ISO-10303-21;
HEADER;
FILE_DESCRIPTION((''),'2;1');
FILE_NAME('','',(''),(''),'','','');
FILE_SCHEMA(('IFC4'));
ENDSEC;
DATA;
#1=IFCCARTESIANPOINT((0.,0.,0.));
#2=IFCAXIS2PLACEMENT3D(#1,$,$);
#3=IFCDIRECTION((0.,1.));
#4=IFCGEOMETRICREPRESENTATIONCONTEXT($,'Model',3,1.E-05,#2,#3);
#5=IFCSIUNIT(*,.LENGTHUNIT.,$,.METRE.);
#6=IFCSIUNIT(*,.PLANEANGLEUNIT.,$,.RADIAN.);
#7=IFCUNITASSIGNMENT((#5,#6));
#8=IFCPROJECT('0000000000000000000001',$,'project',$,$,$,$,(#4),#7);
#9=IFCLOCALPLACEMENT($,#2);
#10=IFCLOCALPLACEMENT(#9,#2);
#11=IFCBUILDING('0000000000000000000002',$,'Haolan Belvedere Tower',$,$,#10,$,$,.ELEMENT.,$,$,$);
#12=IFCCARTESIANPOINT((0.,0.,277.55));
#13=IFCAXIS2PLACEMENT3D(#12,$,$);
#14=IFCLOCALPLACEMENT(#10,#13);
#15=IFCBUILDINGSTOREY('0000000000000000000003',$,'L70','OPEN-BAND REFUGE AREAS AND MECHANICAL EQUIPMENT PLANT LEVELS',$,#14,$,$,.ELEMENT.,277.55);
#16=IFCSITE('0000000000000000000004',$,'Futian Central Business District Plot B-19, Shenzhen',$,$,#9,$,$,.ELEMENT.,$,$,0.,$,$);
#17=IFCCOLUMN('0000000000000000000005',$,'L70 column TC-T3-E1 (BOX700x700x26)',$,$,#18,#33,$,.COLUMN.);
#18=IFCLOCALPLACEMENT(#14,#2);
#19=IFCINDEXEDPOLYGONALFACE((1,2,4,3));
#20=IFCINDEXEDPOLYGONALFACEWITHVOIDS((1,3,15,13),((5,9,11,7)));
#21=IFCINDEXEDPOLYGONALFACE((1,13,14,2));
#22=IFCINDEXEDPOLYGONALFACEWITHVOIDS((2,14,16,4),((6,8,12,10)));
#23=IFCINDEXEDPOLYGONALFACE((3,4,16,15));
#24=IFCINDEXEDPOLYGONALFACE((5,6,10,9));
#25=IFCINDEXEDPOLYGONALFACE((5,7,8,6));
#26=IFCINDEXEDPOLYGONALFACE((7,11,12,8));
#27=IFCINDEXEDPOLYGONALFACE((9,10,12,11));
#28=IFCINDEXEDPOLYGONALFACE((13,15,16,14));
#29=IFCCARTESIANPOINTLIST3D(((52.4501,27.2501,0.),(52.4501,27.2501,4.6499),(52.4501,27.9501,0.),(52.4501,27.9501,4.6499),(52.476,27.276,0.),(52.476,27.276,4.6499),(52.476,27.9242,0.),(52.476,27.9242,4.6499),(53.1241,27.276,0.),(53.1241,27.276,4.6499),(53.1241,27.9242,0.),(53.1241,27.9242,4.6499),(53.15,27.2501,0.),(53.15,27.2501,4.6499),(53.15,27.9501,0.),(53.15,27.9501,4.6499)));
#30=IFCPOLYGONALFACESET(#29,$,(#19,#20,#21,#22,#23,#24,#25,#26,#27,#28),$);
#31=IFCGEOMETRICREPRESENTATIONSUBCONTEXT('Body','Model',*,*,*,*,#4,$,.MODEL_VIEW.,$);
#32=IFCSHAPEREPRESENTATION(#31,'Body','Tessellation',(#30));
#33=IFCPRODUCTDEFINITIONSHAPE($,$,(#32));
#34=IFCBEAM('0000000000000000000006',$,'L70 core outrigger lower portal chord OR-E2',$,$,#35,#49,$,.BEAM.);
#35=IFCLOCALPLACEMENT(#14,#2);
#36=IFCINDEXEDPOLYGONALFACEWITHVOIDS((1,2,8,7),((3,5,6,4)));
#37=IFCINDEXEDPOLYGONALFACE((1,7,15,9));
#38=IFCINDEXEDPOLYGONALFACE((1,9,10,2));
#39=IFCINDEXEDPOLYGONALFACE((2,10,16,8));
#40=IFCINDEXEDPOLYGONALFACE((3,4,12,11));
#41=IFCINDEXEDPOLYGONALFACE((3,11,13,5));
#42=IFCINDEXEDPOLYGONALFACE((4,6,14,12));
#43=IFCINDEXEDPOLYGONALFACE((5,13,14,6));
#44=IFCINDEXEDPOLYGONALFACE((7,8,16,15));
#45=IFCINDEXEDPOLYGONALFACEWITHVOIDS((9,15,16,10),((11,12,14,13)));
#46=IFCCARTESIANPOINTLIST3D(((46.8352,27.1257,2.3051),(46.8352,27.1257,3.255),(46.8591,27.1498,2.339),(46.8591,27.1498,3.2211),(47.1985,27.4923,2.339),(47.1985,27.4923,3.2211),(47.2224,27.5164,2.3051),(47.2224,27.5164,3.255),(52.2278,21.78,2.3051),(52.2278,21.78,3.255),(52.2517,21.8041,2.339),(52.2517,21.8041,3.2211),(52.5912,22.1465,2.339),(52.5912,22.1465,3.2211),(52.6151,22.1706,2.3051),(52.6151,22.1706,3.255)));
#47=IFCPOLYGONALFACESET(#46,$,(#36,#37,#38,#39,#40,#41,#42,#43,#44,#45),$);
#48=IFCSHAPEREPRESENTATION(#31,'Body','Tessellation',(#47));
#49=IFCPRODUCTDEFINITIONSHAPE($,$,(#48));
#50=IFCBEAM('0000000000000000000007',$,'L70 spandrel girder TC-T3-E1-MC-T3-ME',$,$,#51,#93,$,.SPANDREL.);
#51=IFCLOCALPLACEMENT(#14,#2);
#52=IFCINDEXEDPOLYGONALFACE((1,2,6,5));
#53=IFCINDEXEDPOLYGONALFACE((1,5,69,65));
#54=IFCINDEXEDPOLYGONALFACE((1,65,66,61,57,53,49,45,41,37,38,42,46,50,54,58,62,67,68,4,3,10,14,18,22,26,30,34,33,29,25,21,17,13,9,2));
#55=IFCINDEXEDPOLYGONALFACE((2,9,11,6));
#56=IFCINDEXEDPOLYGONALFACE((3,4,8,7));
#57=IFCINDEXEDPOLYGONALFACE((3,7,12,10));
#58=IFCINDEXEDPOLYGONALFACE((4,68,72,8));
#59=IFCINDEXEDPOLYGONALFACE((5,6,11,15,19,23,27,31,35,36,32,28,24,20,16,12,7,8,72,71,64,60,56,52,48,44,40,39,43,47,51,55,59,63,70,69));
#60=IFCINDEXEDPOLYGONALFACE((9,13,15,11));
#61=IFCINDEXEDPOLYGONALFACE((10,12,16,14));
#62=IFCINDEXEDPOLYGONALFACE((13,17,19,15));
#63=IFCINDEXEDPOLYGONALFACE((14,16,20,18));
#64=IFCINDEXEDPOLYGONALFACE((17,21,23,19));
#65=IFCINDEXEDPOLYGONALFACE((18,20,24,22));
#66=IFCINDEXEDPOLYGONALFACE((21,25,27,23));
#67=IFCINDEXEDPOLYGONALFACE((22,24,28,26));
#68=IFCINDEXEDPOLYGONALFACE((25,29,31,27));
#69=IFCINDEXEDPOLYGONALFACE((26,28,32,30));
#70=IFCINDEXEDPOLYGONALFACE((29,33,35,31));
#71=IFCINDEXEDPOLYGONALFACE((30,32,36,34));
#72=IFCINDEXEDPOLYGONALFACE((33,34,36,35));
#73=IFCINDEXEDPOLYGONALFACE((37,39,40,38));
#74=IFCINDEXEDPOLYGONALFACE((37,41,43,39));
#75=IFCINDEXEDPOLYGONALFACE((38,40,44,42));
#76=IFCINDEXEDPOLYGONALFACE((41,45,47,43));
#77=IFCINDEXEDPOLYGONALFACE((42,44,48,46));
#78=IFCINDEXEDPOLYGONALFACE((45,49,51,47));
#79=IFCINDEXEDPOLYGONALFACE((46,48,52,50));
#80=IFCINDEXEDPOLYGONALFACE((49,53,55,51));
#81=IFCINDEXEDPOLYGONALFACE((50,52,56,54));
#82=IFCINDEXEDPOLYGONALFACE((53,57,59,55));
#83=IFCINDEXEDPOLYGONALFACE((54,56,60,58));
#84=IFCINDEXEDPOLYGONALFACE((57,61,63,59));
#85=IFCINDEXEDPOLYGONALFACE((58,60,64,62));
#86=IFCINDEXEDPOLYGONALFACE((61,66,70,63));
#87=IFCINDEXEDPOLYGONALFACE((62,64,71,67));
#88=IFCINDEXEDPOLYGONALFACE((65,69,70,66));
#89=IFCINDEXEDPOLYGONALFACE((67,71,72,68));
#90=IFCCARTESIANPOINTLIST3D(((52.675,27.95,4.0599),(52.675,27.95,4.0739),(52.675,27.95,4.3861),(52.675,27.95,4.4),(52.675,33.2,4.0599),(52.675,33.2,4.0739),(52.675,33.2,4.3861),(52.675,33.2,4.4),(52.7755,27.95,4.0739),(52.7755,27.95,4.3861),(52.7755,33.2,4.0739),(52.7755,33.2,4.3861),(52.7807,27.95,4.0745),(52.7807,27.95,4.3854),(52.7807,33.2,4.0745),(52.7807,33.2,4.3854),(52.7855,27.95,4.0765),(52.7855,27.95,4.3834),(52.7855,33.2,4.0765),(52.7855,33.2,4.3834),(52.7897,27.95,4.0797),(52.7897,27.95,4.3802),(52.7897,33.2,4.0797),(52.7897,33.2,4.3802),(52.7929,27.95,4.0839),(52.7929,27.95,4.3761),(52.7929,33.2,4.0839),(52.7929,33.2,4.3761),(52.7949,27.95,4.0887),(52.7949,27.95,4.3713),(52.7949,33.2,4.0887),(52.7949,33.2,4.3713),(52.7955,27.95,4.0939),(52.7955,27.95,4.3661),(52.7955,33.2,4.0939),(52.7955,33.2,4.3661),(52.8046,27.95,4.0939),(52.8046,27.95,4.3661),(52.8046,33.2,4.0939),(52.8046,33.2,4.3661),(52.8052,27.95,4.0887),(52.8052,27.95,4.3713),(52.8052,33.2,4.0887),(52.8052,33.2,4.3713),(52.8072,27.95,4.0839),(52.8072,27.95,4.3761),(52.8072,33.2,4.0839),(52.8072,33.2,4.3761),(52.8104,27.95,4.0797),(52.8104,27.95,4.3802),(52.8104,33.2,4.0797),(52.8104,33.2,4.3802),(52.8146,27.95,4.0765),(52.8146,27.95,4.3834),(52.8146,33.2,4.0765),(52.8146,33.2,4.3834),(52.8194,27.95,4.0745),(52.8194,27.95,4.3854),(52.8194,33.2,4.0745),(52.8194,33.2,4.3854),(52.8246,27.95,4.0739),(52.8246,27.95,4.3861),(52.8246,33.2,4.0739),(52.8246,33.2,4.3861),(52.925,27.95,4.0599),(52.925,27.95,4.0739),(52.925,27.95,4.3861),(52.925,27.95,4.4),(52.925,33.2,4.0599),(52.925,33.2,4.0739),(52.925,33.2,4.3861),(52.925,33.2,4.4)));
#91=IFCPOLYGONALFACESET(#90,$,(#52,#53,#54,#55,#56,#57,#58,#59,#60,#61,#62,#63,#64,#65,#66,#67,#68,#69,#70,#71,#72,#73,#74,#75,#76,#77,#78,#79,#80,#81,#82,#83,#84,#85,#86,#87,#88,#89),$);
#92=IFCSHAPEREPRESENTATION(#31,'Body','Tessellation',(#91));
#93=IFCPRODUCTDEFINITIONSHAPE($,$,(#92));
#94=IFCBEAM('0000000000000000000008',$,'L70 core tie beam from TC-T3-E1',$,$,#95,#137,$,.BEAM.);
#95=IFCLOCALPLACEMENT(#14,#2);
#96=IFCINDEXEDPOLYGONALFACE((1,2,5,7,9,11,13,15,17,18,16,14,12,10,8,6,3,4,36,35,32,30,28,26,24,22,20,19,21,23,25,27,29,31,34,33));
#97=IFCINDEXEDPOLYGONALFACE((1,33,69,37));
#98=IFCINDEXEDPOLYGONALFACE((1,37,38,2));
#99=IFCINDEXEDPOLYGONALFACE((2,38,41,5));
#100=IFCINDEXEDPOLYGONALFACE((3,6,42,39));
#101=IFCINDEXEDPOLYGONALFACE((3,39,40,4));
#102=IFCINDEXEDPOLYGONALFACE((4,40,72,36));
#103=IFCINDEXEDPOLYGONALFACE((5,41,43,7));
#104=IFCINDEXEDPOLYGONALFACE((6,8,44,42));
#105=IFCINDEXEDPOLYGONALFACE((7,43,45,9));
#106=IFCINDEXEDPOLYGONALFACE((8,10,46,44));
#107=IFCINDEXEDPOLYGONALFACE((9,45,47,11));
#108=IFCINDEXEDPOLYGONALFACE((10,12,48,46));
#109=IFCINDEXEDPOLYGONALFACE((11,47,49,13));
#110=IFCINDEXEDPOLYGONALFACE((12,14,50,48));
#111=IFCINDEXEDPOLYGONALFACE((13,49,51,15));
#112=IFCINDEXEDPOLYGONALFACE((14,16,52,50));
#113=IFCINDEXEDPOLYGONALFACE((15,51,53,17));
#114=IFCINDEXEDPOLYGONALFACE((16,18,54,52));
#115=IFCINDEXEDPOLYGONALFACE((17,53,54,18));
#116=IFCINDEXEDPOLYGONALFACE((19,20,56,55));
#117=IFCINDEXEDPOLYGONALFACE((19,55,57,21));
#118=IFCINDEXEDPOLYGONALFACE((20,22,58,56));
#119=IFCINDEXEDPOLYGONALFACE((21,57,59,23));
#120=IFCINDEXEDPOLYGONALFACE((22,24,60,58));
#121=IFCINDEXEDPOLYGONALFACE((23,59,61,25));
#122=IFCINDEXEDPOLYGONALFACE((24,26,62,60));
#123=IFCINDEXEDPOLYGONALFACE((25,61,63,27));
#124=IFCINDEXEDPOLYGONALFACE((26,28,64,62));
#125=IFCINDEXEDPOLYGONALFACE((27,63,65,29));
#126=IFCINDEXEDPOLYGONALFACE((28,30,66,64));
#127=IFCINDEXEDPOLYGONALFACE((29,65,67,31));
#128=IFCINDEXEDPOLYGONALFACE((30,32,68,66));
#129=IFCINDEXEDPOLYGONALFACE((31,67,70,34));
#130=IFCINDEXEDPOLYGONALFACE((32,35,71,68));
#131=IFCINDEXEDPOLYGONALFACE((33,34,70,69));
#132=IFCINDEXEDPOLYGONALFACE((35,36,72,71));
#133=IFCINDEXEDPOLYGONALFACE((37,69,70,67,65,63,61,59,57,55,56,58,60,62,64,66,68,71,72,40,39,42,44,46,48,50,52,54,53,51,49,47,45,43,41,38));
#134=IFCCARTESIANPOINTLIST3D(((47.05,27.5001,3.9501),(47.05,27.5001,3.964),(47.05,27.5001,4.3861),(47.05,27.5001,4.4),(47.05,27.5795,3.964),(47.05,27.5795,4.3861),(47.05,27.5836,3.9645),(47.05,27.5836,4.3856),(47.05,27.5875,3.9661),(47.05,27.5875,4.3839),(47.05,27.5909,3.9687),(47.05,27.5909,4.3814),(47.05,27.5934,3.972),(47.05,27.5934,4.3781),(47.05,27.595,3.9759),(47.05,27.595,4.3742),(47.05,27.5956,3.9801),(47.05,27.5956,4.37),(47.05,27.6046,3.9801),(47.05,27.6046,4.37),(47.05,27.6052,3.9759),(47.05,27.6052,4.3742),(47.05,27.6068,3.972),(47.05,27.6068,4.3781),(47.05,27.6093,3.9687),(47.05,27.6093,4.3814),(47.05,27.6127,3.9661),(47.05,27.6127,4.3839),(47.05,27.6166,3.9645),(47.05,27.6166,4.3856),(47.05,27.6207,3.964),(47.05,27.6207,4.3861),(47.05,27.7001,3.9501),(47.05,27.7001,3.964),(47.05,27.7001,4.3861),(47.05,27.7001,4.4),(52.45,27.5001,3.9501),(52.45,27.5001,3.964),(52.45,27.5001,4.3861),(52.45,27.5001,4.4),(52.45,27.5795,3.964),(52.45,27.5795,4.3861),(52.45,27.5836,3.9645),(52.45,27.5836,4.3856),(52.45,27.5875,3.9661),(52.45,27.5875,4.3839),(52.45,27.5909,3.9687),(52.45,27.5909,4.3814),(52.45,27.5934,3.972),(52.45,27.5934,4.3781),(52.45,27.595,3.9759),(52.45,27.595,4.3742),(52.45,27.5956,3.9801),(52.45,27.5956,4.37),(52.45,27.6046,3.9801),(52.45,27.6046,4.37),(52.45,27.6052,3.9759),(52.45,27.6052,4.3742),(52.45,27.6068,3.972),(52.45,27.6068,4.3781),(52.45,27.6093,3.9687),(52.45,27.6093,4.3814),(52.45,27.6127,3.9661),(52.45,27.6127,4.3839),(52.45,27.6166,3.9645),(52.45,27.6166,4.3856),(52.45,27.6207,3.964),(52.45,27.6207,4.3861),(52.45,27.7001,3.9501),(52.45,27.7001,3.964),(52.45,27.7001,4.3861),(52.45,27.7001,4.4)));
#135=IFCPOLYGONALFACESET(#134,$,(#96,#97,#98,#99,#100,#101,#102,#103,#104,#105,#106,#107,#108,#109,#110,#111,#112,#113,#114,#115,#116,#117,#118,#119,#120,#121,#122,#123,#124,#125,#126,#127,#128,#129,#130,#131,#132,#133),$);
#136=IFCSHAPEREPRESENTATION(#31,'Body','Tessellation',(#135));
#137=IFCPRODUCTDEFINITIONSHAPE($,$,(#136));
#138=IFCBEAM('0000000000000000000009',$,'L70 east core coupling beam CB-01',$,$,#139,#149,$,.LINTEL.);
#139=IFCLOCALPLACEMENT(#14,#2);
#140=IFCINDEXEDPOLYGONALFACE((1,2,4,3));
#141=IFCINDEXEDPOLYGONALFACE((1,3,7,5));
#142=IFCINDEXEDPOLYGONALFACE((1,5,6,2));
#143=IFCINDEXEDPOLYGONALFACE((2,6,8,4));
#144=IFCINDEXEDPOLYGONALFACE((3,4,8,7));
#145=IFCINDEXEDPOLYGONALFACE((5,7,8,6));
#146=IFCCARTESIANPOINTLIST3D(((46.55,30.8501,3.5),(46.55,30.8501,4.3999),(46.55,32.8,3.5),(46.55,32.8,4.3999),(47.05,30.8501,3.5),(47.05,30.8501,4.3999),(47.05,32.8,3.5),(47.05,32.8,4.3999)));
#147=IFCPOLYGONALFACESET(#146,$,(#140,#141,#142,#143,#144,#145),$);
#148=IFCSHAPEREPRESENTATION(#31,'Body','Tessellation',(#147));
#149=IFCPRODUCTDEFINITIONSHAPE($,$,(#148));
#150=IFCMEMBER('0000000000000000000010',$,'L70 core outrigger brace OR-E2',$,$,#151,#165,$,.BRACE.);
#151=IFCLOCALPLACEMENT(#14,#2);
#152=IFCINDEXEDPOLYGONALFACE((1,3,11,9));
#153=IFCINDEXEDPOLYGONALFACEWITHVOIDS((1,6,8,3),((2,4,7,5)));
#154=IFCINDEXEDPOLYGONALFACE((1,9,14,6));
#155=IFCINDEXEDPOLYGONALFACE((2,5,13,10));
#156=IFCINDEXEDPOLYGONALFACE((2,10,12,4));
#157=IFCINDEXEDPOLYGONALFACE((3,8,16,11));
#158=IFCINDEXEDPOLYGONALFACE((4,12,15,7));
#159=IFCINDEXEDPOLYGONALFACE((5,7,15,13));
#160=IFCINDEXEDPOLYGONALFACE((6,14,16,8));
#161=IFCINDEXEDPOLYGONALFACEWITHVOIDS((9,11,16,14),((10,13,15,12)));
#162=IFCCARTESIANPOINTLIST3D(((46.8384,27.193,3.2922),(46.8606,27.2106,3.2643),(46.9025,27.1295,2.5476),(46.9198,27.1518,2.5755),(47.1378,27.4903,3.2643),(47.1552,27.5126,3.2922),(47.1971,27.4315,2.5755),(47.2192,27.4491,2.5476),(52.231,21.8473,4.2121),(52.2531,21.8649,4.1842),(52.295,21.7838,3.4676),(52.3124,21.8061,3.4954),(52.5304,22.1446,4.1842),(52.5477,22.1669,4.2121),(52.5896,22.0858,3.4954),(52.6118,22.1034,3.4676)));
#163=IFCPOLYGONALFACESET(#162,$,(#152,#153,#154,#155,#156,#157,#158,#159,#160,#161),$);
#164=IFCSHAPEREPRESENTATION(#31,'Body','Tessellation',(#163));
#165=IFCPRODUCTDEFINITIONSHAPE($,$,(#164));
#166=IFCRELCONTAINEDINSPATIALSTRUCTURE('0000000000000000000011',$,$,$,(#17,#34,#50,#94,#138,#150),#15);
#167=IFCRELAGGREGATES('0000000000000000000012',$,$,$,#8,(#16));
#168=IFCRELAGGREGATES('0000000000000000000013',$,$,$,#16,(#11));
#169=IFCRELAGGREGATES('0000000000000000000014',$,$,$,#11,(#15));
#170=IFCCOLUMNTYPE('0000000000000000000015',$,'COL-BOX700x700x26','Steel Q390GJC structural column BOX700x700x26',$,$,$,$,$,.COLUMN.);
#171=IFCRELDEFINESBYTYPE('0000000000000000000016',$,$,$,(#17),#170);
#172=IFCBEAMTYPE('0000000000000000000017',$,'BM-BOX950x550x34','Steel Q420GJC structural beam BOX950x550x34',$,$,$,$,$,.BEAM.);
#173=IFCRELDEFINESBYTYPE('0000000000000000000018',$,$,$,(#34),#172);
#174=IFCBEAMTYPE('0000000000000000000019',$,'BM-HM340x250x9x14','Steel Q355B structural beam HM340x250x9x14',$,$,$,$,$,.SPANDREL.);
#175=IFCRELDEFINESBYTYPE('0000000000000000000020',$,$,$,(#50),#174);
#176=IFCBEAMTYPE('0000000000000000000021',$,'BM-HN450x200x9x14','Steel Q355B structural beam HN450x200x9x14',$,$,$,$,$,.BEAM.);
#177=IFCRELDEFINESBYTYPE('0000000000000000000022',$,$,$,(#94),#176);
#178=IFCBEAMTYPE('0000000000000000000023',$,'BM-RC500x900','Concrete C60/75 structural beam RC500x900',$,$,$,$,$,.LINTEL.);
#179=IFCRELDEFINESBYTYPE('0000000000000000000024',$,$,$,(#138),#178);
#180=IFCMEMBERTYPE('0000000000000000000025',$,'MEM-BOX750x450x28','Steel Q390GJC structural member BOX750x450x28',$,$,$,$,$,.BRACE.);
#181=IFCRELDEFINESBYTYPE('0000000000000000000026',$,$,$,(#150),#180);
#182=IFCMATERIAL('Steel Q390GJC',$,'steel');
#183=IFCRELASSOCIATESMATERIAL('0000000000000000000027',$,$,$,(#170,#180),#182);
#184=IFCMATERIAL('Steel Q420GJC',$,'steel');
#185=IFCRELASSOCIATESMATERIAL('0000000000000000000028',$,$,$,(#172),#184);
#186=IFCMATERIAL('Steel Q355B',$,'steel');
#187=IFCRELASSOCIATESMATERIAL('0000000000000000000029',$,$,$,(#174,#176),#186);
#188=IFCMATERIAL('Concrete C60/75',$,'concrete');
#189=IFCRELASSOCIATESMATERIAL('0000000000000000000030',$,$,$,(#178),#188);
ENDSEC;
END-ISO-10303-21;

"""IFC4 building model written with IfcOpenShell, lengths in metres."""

from ifc_helpers import new_model, si_unit, direction, frame, origin, origin_2d, place, context, subcontext, project, spatial, rectangle, hollow_rectangle, i_section, extrude, material, material_profile, profile_set, type_object, element, save


model = new_model("IFC4")

# Units and contexts
model_context = context("Model", 3, precision=1e-05, world=origin(), true_north=direction((0.0, 1.0)))
body_context = subcontext(model_context, "Body", "Model", "MODEL_VIEW")
ifc_project = project(units=[si_unit("LENGTHUNIT", "METRE"), si_unit("PLANEANGLEUNIT", "RADIAN")], contexts=[model_context])

# Site, building, storey
site_placement = place(None, origin())
site = spatial("IfcSite", under=ifc_project, at=site_placement, Name="Futian Central Business District Plot B-19, Shenzhen", CompositionType="ELEMENT", RefElevation=0.0)
building_placement = place(site_placement, origin())
building = spatial("IfcBuilding", under=site, at=building_placement, Name="Haolan Belvedere Tower", CompositionType="ELEMENT")
storey_placement = place(building_placement, frame((0.0, 0.0, 277.55)))
storey = spatial("IfcBuildingStorey", under=building, at=storey_placement, Name="L70", Description="OPEN-BAND REFUGE AREAS AND MECHANICAL EQUIPMENT PLANT LEVELS", CompositionType="ELEMENT", Elevation=277.55)

# Column
ifc_material_1 = material(Name="Steel Q390GJC", Category="steel")
ifc_material_profile_1 = material_profile(ifc_material_1, hollow_rectangle(XDim=0.7, YDim=0.7, WallThickness=0.0259, at=origin_2d()), Name="Steel Q390GJC")
ifc_profile_set_1 = profile_set([ifc_material_profile_1], Name="Steel Q390GJC")
column_type = type_object("IfcColumnType", Name="COL-BOX700x700x26", Description="Steel Q390GJC structural column BOX700x700x26", PredefinedType="COLUMN", material=ifc_profile_set_1)
column_placement = place(storey_placement, frame((52.8, 27.6001, 0.0), z_axis=(0.0, 0.0, 1.0), x_axis=(1.0, 0.0, 0.0)))
element("IfcColumn", 1, at=column_placement, inside=storey, type_object=column_type, Name="L70 column TC-T3-E1 (BOX700x700x26)", PredefinedType="COLUMN", context=body_context, shape_type="SweptSolid", body=[
    extrude(hollow_rectangle(XDim=0.7, YDim=0.7, WallThickness=0.0259, at=origin_2d()), origin(), (0.0, 0.0, 1.0), 4.6499),
])

# Beams
ifc_material_2 = material(Name="Steel Q420GJC", Category="steel")
ifc_material_profile_2 = material_profile(ifc_material_2, hollow_rectangle(XDim=0.55, YDim=0.95, WallThickness=0.0339, at=origin_2d()), Name="Steel Q420GJC")
ifc_profile_set_2 = profile_set([ifc_material_profile_2], Name="Steel Q420GJC")
beam_type_1 = type_object("IfcBeamType", Name="BM-BOX950x550x34", Description="Steel Q420GJC structural beam BOX950x550x34", PredefinedType="BEAM", material=ifc_profile_set_2)
beam_1_placement = place(storey_placement, frame((47.0288, 27.321, 2.78), z_axis=(0.710187, -0.704013, 0.0), x_axis=(0.704013, 0.710187, 0.0)))
element("IfcBeam", 2, at=beam_1_placement, inside=storey, type_object=beam_type_1, Name="L70 core outrigger lower portal chord OR-E2", PredefinedType="BEAM", context=body_context, shape_type="SweptSolid", body=[
    extrude(hollow_rectangle(XDim=0.55, YDim=0.95, WallThickness=0.0339, at=origin_2d()), origin(), (0.0, 0.0, 1.0), 7.5933),
])
ifc_material_3 = material(Name="Steel Q355B", Category="steel")
ifc_material_profile_3 = material_profile(ifc_material_3, i_section(OverallWidth=0.25, OverallDepth=0.3401, WebThickness=0.009, FlangeThickness=0.0139, FilletRadius=0.02, at=origin_2d()), Name="Steel Q355B")
ifc_profile_set_3 = profile_set([ifc_material_profile_3], Name="Steel Q355B")
beam_type_2 = type_object("IfcBeamType", Name="BM-HM340x250x9x14", Description="Steel Q355B structural beam HM340x250x9x14", PredefinedType="SPANDREL", material=ifc_profile_set_3)
beam_2_placement = place(storey_placement, frame((52.8, 27.95, 4.23), z_axis=(0.0, 1.0, 0.0), x_axis=(-1.0, 0.0, 0.0)))
element("IfcBeam", 3, at=beam_2_placement, inside=storey, type_object=beam_type_2, Name="L70 spandrel girder TC-T3-E1-MC-T3-ME", PredefinedType="SPANDREL", context=body_context, shape_type="SweptSolid", body=[
    extrude(i_section(OverallWidth=0.25, OverallDepth=0.3401, WebThickness=0.009, FlangeThickness=0.0139, FilletRadius=0.02, at=origin_2d()), origin(), (0.0, 0.0, 1.0), 5.25),
])
ifc_material_profile_4 = material_profile(ifc_material_3, i_section(OverallWidth=0.2, OverallDepth=0.45, WebThickness=0.009, FlangeThickness=0.0139, FilletRadius=0.0161, at=origin_2d()), Name="Steel Q355B")
ifc_profile_set_4 = profile_set([ifc_material_profile_4], Name="Steel Q355B")
beam_type_3 = type_object("IfcBeamType", Name="BM-HN450x200x9x14", Description="Steel Q355B structural beam HN450x200x9x14", PredefinedType="BEAM", material=ifc_profile_set_4)
beam_3_placement = place(storey_placement, frame((52.45, 27.6001, 4.175), z_axis=(-1.0, 0.0, 0.0), x_axis=(0.0, -1.0, 0.0)))
element("IfcBeam", 4, at=beam_3_placement, inside=storey, type_object=beam_type_3, Name="L70 core tie beam from TC-T3-E1", PredefinedType="BEAM", context=body_context, shape_type="SweptSolid", body=[
    extrude(i_section(OverallWidth=0.2, OverallDepth=0.45, WebThickness=0.009, FlangeThickness=0.0139, FilletRadius=0.0161, at=origin_2d()), origin(), (0.0, 0.0, 1.0), 5.3999),
])
ifc_material_4 = material(Name="Concrete C60/75", Category="concrete")
ifc_material_profile_5 = material_profile(ifc_material_4, rectangle(XDim=0.5, YDim=0.8999, at=origin_2d()), Name="Concrete C60/75")
ifc_profile_set_5 = profile_set([ifc_material_profile_5], Name="Concrete C60/75")
beam_type_4 = type_object("IfcBeamType", Name="BM-RC500x900", Description="Concrete C60/75 structural beam RC500x900", PredefinedType="LINTEL", material=ifc_profile_set_5)
beam_4_placement = place(storey_placement, frame((46.8, 30.8501, 3.95), z_axis=(0.0, 1.0, 0.0), x_axis=(-1.0, 0.0, 0.0)))
element("IfcBeam", 5, at=beam_4_placement, inside=storey, type_object=beam_type_4, Name="L70 east core coupling beam CB-01", PredefinedType="LINTEL", context=body_context, shape_type="SweptSolid", body=[
    extrude(rectangle(XDim=0.5, YDim=0.8999, at=origin_2d()), origin(), (0.0, 0.0, 1.0), 1.95),
])

# Member
ifc_material_profile_6 = material_profile(ifc_material_1, hollow_rectangle(XDim=0.45, YDim=0.75, WallThickness=0.0281, at=origin_2d()), Name="Steel Q390GJC")
ifc_profile_set_6 = profile_set([ifc_material_profile_6], Name="Steel Q390GJC")
member_type_1 = type_object("IfcMemberType", Name="MEM-BOX750x450x28", Description="Steel Q390GJC structural member BOX750x450x28", PredefinedType="BRACE", material=ifc_profile_set_6)
member_1_placement = place(storey_placement, frame((47.0288, 27.321, 2.9199), z_axis=(0.705031, -0.698903, 0.120272), x_axis=(0.704013, 0.710187, 0.0)))
element("IfcMember", 6, at=member_1_placement, inside=storey, type_object=member_type_1, Name="L70 core outrigger brace OR-E2", PredefinedType="BRACE", context=body_context, shape_type="SweptSolid", body=[
    extrude(hollow_rectangle(XDim=0.45, YDim=0.75, WallThickness=0.0281, at=origin_2d()), origin(), (0.0, 0.0, 1.0), 7.6487),
])

save(model, "model.ifc")
